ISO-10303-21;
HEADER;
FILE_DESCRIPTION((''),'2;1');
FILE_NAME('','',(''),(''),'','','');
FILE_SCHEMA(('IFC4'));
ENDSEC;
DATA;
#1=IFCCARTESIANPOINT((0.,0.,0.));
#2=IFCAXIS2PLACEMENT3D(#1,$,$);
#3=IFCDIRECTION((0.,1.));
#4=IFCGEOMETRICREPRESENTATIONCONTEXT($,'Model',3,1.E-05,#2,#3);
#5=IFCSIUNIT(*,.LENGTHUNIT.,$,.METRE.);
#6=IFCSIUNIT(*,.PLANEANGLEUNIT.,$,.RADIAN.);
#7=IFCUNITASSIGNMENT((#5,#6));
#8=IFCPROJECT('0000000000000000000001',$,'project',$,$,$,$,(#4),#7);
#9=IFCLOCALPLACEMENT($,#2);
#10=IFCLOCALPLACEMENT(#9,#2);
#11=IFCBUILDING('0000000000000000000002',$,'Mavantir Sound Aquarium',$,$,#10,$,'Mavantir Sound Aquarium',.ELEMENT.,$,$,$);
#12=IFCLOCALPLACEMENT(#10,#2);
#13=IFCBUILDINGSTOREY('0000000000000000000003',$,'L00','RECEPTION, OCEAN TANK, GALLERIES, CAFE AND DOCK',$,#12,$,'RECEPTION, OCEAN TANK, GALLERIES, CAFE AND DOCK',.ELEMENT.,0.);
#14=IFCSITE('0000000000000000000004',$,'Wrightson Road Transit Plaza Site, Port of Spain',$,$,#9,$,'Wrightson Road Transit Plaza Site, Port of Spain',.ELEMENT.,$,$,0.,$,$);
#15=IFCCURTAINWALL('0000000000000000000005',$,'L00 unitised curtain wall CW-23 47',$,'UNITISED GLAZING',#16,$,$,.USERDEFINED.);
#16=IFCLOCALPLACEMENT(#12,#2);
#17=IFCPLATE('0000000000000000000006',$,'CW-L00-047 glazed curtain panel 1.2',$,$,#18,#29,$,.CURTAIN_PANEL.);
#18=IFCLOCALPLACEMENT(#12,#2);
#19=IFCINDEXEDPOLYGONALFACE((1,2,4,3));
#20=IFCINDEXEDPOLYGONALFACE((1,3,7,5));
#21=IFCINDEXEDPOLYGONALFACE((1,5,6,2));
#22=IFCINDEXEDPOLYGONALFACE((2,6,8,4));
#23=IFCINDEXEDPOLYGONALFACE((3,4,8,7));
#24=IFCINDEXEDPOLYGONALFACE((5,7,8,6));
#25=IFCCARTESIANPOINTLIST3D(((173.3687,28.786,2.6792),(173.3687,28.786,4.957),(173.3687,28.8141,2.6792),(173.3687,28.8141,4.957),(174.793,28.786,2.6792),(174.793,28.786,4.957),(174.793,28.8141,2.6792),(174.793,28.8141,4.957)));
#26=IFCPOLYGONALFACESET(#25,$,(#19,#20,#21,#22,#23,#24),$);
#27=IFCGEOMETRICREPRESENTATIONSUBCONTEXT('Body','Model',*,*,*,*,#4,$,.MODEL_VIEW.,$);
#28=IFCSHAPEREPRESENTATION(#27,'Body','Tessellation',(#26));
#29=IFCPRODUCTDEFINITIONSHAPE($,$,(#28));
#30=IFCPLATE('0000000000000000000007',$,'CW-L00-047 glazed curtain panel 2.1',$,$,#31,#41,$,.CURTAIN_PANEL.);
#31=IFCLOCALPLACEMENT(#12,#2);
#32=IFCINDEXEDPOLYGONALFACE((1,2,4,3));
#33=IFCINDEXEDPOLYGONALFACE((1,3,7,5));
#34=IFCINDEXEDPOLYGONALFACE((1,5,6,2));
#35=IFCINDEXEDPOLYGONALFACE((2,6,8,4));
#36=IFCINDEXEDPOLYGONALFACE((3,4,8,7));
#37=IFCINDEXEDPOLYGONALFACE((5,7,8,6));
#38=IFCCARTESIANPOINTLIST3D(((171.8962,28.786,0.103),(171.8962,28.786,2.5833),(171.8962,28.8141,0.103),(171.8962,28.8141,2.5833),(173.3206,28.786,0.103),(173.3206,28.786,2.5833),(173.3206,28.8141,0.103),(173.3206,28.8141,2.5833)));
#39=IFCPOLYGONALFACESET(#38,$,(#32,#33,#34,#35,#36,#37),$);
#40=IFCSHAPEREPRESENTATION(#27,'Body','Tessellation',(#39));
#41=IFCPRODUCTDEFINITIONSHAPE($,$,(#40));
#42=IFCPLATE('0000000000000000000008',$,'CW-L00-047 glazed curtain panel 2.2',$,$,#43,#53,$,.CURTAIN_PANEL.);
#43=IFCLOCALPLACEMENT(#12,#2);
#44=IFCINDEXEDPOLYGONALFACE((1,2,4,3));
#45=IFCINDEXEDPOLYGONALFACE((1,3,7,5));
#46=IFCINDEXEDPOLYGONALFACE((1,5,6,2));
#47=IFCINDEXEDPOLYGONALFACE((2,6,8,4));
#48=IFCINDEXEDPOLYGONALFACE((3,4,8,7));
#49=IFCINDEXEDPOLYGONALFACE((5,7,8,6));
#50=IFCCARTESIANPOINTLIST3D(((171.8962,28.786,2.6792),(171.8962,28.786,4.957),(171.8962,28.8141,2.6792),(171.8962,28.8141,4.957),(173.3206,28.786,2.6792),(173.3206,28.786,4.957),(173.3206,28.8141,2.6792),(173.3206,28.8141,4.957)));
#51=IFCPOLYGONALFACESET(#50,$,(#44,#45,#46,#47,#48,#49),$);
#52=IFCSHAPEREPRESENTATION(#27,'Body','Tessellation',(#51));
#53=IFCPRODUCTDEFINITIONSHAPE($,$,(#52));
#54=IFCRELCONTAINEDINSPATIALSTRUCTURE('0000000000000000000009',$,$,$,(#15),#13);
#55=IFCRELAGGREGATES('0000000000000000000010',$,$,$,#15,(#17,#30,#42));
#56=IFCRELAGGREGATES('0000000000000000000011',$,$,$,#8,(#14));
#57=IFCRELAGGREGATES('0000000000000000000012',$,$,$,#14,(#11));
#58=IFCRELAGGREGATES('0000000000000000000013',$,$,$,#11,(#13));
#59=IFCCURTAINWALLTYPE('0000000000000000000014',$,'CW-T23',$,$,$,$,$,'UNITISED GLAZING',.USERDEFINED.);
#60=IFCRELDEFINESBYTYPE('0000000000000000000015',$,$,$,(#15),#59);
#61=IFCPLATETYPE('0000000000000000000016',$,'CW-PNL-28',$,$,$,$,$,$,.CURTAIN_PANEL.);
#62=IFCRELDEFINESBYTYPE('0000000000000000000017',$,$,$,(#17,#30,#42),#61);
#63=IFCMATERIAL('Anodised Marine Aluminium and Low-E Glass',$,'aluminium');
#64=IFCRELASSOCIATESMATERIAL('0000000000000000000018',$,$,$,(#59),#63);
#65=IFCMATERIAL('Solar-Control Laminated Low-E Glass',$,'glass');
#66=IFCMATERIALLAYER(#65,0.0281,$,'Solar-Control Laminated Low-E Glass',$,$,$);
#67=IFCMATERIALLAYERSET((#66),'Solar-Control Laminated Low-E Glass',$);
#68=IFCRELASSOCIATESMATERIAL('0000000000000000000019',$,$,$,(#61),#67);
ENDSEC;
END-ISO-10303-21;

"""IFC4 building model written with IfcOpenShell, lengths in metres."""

from ifc_helpers import new_model, si_unit, direction, frame, origin, origin_2d, place, context, subcontext, project, spatial, rectangle, extrude, material, layer, layer_set, type_object, element, aggregate, save


model = new_model("IFC4")

# Units and contexts
model_context = context("Model", 3, precision=1e-05, world=origin(), true_north=direction((0.0, 1.0)))
body_context = subcontext(model_context, "Body", "Model", "MODEL_VIEW")
ifc_project = project(units=[si_unit("LENGTHUNIT", "METRE"), si_unit("PLANEANGLEUNIT", "RADIAN")], contexts=[model_context])

# Site, building, storey
site_placement = place(None, origin())
site = spatial("IfcSite", under=ifc_project, at=site_placement, Name="Wrightson Road Transit Plaza Site, Port of Spain", LongName="Wrightson Road Transit Plaza Site, Port of Spain", CompositionType="ELEMENT", RefElevation=0.0)
building_placement = place(site_placement, origin())
building = spatial("IfcBuilding", under=site, at=building_placement, Name="Mavantir Sound Aquarium", LongName="Mavantir Sound Aquarium", CompositionType="ELEMENT")
storey_placement = place(building_placement, origin())
storey = spatial("IfcBuildingStorey", under=building, at=storey_placement, Name="L00", Description="RECEPTION, OCEAN TANK, GALLERIES, CAFE AND DOCK", LongName="RECEPTION, OCEAN TANK, GALLERIES, CAFE AND DOCK", CompositionType="ELEMENT", Elevation=0.0)

# Curtain wall
ifc_material_1 = material(Name="Anodised Marine Aluminium and Low-E Glass", Category="aluminium")
curtain_wall_type_1 = type_object("IfcCurtainWallType", Name="CW-T23", ElementType="UNITISED GLAZING", PredefinedType="USERDEFINED", material=ifc_material_1)
curtain_wall_1_placement = place(storey_placement, origin())
curtain_wall_1 = element("IfcCurtainWall", 1, at=curtain_wall_1_placement, inside=storey, type_object=curtain_wall_type_1, Name="L00 unitised curtain wall CW-23 47", ObjectType="UNITISED GLAZING", PredefinedType="USERDEFINED")

# Plates
ifc_material_2 = material(Name="Solar-Control Laminated Low-E Glass", Category="glass")
ifc_layer = layer(ifc_material_2, 0.0281, Name="Solar-Control Laminated Low-E Glass")
ifc_layer_set = layer_set([ifc_layer], Name="Solar-Control Laminated Low-E Glass")
plate_type = type_object("IfcPlateType", Name="CW-PNL-28", PredefinedType="CURTAIN_PANEL", material=ifc_layer_set)
plate_1_placement = place(storey_placement, frame((174.0808, 28.8, 2.6792), z_axis=(0.0, 0.0, 1.0), x_axis=(-1.0, 0.0, 0.0)))
plate_1 = element("IfcPlate", 2, at=plate_1_placement, type_object=plate_type, Name="CW-L00-047 glazed curtain panel 1.2", PredefinedType="CURTAIN_PANEL", context=body_context, shape_type="SweptSolid", body=[
    extrude(rectangle(XDim=1.4243, YDim=0.0281, at=origin_2d()), origin(), (0.0, 0.0, 1.0), 2.2778),
])
plate_2_placement = place(storey_placement, frame((172.6084, 28.8, 0.103), z_axis=(0.0, 0.0, 1.0), x_axis=(-1.0, 0.0, 0.0)))
plate_2 = element("IfcPlate", 3, at=plate_2_placement, type_object=plate_type, Name="CW-L00-047 glazed curtain panel 2.1", PredefinedType="CURTAIN_PANEL", context=body_context, shape_type="SweptSolid", body=[
    extrude(rectangle(XDim=1.4243, YDim=0.0281, at=origin_2d()), origin(), (0.0, 0.0, 1.0), 2.4802),
])
plate_3_placement = place(storey_placement, frame((172.6084, 28.8, 2.6792), z_axis=(0.0, 0.0, 1.0), x_axis=(-1.0, 0.0, 0.0)))
plate_3 = element("IfcPlate", 4, at=plate_3_placement, type_object=plate_type, Name="CW-L00-047 glazed curtain panel 2.2", PredefinedType="CURTAIN_PANEL", context=body_context, shape_type="SweptSolid", body=[
    extrude(rectangle(XDim=1.4243, YDim=0.0281, at=origin_2d()), origin(), (0.0, 0.0, 1.0), 2.2778),
])
aggregate(curtain_wall_1, [plate_1, plate_2, plate_3])

save(model, "model.ifc")
